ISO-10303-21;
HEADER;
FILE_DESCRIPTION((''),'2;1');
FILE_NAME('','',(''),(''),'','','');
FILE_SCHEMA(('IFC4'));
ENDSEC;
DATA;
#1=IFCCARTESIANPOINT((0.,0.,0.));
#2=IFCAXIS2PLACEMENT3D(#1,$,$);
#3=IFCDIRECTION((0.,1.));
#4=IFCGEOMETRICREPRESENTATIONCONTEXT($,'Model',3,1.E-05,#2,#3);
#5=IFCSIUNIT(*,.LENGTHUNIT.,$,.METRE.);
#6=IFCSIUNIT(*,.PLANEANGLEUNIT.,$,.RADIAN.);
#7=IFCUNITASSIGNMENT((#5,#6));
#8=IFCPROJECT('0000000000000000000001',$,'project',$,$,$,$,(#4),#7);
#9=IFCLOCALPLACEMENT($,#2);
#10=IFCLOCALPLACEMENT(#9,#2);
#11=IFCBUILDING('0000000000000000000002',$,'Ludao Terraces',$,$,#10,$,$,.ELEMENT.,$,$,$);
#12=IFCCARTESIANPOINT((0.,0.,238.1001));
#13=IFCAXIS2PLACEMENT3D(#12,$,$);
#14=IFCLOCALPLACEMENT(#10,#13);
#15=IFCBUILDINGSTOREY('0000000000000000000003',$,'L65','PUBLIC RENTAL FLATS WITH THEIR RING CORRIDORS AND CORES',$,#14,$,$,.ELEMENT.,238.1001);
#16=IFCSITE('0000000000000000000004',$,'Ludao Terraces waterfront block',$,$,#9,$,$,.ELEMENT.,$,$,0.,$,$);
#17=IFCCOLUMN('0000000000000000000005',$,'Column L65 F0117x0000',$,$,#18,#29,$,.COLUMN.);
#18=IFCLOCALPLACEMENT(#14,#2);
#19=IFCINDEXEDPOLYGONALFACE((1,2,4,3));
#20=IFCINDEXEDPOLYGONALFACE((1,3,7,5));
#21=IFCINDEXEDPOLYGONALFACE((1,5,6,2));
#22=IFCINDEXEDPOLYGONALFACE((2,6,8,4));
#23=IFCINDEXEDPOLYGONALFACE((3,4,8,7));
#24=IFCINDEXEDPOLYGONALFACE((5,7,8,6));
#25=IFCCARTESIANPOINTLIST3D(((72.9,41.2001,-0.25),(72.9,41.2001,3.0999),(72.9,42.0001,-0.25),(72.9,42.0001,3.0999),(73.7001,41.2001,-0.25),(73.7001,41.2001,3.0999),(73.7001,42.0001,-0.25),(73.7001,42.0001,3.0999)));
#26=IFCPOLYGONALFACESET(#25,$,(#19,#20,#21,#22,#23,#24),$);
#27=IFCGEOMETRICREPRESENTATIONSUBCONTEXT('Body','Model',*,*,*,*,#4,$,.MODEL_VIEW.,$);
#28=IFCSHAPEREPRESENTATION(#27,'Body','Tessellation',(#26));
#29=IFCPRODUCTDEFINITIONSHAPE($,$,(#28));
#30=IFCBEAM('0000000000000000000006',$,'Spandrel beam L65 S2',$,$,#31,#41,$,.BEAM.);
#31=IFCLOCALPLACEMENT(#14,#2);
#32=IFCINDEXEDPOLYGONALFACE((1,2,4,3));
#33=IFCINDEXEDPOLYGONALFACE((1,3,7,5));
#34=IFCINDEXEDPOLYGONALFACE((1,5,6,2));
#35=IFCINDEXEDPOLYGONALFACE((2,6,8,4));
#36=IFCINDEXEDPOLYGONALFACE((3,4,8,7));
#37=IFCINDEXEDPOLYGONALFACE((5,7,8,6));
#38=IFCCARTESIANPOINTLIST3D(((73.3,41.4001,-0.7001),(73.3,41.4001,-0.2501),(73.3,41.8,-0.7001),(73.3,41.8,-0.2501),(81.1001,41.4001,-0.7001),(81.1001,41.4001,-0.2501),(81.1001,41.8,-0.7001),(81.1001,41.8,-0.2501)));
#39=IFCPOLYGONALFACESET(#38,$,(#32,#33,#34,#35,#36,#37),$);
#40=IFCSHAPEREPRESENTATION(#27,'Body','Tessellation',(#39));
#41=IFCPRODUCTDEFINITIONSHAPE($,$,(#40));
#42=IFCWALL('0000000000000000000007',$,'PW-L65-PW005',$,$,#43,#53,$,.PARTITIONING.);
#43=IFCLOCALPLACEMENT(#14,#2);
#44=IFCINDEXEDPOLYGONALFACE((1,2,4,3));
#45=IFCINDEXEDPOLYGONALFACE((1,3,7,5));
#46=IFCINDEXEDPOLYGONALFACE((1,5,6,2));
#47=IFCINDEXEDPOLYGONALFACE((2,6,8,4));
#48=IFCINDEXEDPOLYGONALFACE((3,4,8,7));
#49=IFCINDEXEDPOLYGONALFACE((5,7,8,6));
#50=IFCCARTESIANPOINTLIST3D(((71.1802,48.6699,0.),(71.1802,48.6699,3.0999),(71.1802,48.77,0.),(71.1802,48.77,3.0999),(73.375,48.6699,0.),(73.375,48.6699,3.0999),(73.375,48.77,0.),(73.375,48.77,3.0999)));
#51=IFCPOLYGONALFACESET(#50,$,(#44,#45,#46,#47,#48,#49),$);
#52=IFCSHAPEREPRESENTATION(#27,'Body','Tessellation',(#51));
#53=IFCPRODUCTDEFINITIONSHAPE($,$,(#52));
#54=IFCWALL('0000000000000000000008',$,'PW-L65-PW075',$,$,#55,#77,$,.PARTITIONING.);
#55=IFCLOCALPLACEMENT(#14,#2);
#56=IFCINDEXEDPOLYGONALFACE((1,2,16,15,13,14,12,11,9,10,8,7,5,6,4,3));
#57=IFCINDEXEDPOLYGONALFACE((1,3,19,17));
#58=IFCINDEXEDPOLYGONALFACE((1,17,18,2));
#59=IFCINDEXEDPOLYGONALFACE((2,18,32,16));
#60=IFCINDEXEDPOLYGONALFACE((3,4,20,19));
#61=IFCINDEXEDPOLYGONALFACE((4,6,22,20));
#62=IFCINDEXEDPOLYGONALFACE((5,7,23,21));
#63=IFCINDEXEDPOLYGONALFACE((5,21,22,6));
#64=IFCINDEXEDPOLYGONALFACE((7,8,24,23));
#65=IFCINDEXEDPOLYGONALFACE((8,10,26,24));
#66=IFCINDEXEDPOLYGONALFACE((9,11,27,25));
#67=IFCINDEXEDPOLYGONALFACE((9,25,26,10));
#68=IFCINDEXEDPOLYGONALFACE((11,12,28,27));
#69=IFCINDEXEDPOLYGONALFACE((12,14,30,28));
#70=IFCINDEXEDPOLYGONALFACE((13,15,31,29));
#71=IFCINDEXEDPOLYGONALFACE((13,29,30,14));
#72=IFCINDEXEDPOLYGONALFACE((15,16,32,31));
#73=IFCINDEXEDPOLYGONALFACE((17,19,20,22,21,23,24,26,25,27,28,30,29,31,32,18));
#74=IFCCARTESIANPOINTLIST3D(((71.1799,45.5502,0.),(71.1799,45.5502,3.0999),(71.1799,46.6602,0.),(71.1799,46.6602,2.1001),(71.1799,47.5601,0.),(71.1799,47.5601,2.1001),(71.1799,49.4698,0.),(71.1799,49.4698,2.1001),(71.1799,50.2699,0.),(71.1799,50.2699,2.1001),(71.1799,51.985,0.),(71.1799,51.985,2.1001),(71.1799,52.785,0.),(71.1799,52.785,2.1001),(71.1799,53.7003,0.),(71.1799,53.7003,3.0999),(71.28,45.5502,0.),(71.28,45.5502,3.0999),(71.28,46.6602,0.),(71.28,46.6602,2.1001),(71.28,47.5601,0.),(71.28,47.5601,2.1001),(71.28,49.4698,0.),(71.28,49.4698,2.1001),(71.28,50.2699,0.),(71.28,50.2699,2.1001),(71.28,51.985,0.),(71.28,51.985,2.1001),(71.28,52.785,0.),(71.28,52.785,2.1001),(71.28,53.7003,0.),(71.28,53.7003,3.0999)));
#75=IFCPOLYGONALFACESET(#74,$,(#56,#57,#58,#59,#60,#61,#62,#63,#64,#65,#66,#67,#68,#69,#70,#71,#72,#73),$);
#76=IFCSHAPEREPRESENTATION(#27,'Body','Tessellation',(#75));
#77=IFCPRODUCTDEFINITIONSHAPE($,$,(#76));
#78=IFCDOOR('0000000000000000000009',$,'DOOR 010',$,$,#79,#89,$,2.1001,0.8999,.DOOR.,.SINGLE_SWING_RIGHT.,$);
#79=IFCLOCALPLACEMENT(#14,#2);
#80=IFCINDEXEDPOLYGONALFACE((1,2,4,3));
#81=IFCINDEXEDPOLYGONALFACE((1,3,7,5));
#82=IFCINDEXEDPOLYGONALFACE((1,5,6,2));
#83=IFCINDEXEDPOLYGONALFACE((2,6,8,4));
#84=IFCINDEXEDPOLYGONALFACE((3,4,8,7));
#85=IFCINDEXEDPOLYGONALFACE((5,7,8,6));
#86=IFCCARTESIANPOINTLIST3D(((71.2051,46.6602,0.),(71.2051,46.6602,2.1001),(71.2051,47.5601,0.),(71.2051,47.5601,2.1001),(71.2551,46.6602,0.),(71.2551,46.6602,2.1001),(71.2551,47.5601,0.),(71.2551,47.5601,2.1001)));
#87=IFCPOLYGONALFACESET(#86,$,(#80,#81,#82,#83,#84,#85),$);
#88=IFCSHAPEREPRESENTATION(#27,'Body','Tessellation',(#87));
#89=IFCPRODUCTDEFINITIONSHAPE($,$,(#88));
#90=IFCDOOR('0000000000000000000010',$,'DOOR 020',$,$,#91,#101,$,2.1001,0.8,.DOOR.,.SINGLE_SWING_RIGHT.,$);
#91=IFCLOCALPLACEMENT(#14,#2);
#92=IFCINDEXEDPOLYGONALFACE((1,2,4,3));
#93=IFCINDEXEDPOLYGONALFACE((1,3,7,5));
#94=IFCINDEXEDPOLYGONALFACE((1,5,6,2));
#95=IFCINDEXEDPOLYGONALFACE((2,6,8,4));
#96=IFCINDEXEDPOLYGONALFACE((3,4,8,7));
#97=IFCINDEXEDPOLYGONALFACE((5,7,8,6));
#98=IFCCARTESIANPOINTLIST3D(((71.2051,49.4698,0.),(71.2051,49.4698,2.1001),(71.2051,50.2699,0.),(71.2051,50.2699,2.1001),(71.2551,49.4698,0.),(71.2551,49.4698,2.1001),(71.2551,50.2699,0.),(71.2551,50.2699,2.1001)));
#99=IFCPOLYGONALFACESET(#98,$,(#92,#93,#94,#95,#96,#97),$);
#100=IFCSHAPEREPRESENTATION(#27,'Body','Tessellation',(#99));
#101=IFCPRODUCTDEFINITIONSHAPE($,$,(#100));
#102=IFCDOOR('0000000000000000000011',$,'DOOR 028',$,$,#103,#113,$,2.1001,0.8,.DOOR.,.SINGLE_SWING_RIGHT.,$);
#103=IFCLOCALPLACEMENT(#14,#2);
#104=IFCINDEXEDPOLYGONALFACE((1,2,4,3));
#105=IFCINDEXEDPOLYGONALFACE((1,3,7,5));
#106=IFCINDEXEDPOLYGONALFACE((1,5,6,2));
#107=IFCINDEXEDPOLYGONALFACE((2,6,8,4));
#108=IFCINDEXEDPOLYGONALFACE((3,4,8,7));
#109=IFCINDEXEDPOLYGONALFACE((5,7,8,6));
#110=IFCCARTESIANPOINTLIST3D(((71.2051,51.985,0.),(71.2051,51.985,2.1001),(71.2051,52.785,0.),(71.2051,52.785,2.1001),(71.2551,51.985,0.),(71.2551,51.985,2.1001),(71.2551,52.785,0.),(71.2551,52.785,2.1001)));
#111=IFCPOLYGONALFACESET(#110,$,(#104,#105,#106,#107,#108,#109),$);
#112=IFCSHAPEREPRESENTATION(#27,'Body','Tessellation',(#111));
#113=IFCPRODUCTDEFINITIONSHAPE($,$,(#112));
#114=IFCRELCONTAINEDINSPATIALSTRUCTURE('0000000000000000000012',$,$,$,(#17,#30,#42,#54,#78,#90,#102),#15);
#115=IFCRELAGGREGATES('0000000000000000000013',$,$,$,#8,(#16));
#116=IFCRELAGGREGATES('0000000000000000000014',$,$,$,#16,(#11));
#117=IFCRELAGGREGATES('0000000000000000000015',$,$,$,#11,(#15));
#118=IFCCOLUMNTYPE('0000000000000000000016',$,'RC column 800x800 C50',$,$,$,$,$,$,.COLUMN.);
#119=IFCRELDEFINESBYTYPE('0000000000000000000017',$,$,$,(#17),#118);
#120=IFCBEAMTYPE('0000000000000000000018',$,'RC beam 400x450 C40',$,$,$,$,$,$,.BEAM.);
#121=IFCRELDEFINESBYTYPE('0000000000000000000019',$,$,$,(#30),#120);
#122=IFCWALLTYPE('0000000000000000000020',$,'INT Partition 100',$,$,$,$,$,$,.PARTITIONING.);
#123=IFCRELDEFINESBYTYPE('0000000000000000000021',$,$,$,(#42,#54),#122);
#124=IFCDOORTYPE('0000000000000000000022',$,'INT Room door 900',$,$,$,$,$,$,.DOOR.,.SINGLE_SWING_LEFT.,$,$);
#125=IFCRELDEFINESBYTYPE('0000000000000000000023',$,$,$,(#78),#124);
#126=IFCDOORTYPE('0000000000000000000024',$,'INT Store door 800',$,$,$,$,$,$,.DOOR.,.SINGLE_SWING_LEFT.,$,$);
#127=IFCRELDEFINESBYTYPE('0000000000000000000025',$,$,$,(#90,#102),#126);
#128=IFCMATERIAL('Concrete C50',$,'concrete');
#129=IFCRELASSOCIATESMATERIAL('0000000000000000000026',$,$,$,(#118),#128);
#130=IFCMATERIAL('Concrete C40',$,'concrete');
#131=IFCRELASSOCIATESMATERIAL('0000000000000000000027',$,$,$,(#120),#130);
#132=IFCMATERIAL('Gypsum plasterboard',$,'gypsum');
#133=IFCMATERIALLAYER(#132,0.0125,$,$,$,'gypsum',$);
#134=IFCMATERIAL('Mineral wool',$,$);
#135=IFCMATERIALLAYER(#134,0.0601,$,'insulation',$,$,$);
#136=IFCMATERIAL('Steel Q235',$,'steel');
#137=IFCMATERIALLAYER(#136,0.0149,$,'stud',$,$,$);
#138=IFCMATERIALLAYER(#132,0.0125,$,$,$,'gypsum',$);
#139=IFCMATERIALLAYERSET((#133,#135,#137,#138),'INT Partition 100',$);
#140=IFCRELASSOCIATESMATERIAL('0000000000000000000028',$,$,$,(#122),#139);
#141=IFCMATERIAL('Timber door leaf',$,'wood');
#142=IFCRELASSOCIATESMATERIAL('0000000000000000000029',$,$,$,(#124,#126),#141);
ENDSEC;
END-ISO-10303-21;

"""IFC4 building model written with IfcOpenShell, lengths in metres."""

from ifc_helpers import new_model, si_unit, direction, frame, frame_2d, origin, origin_2d, place, context, subcontext, project, spatial, rectangle, extrude, material, layer, layer_set, material_profile, profile_set, type_object, element, fill, save


model = new_model("IFC4")

# Units and contexts
model_context = context("Model", 3, precision=1e-05, world=origin(), true_north=direction((0.0, 1.0)))
body_context = subcontext(model_context, "Body", "Model", "MODEL_VIEW")
ifc_project = project(units=[si_unit("LENGTHUNIT", "METRE"), si_unit("PLANEANGLEUNIT", "RADIAN")], contexts=[model_context])

# Site, building, storey
site_placement = place(None, origin())
site = spatial("IfcSite", under=ifc_project, at=site_placement, Name="Ludao Terraces waterfront block", CompositionType="ELEMENT", RefElevation=0.0)
building_placement = place(site_placement, origin())
building = spatial("IfcBuilding", under=site, at=building_placement, Name="Ludao Terraces", CompositionType="ELEMENT")
storey_placement = place(building_placement, frame((0.0, 0.0, 238.1001)))
storey = spatial("IfcBuildingStorey", under=building, at=storey_placement, Name="L65", Description="PUBLIC RENTAL FLATS WITH THEIR RING CORRIDORS AND CORES", CompositionType="ELEMENT", Elevation=238.1001)

# Column
ifc_material_1 = material(Name="Concrete C50", Category="concrete")
ifc_material_profile_1 = material_profile(ifc_material_1, rectangle(XDim=0.8, YDim=0.8, at=origin_2d()), Name="800 X 800")
ifc_profile_set_1 = profile_set([ifc_material_profile_1], Name="Concrete C50")
column_type = type_object("IfcColumnType", Name="RC column 800x800 C50", PredefinedType="COLUMN", material=ifc_profile_set_1)
column_placement = place(storey_placement, frame((73.3, 41.6001, -0.25), z_axis=(0.0, 0.0, 1.0), x_axis=(1.0, 0.0, 0.0)))
element("IfcColumn", 1, at=column_placement, inside=storey, type_object=column_type, Name="Column L65 F0117x0000", PredefinedType="COLUMN", context=body_context, shape_type="SweptSolid", body=[
    extrude(rectangle(XDim=0.8, YDim=0.8, at=origin_2d()), origin(), (0.0, 0.0, 1.0), 3.3499),
])

# Beam
ifc_material_2 = material(Name="Concrete C40", Category="concrete")
ifc_material_profile_2 = material_profile(ifc_material_2, rectangle(XDim=0.3999, YDim=0.45, at=origin_2d()), Name="400 X 450")
ifc_profile_set_2 = profile_set([ifc_material_profile_2], Name="Concrete C40")
beam_type = type_object("IfcBeamType", Name="RC beam 400x450 C40", PredefinedType="BEAM", material=ifc_profile_set_2)
beam_placement = place(storey_placement, frame((73.3, 41.6001, -0.4751), z_axis=(1.0, 0.0, 0.0), x_axis=(0.0, 1.0, 0.0)))
element("IfcBeam", 2, at=beam_placement, inside=storey, type_object=beam_type, Name="Spandrel beam L65 S2", PredefinedType="BEAM", context=body_context, shape_type="SweptSolid", body=[
    extrude(rectangle(XDim=0.3999, YDim=0.45, at=origin_2d()), origin(), (0.0, 0.0, 1.0), 7.8),
])

# Wall
ifc_material_3 = material(Name="Gypsum plasterboard", Category="gypsum")
ifc_layer_1 = layer(ifc_material_3, 0.0125, Category="gypsum")
ifc_material_4 = material(Name="Mineral wool")
ifc_layer_2 = layer(ifc_material_4, 0.0601, Name="insulation")
ifc_material_5 = material(Name="Steel Q235", Category="steel")
ifc_layer_3 = layer(ifc_material_5, 0.0149, Name="stud")
ifc_layer_4 = layer(ifc_material_3, 0.0125, Category="gypsum")
ifc_layer_set = layer_set([ifc_layer_1, ifc_layer_2, ifc_layer_3, ifc_layer_4], Name="INT Partition 100")
wall_type = type_object("IfcWallType", Name="INT Partition 100", PredefinedType="PARTITIONING", material=ifc_layer_set)
wall_1_placement = place(storey_placement, frame((71.1802, 48.72, 0.0), z_axis=(0.0, 0.0, 1.0), x_axis=(1.0, 0.0, 0.0)))
element("IfcWall", 3, at=wall_1_placement, inside=storey, type_object=wall_type, Name="PW-L65-PW005", PredefinedType="PARTITIONING", context=body_context, shape_type="SweptSolid", body=[
    extrude(rectangle(XDim=2.1948, YDim=0.1001, at=frame_2d((1.0974, 0.0))), origin(), (0.0, 0.0, 1.0), 3.0999),
])

# Wall, openings, doors
ifc_material_6 = material(Name="Timber door leaf", Category="wood")
door_type_1 = type_object("IfcDoorType", Name="INT Room door 900", OperationType="SINGLE_SWING_LEFT", PredefinedType="DOOR", material=ifc_material_6)
wall_2_placement = place(storey_placement, frame((71.23, 45.55, 0.0), z_axis=(0.0, 0.0, 1.0), x_axis=(0.0, 1.0, 0.0)))
wall_2 = element("IfcWall", 4, at=wall_2_placement, inside=storey, type_object=wall_type, Name="PW-L65-PW075", PredefinedType="PARTITIONING", context=body_context, shape_type="SweptSolid", body=[
    extrude(rectangle(XDim=8.1501, YDim=0.1001, at=frame_2d((4.0752, 0.0))), origin(), (0.0, 0.0, 1.0), 3.0999),
])
opening_1_placement = place(wall_2_placement, frame((1.1101, 0.0, 0.0)))
opening_1 = element("IfcOpeningElement", 5, at=opening_1_placement, cuts=wall_2, PredefinedType="OPENING", context=body_context, shape_type="SweptSolid", body=[
    extrude(rectangle(XDim=0.8999, YDim=2.1001, at=frame_2d((0.45, 1.05))), frame((0.0, 0.0601, 0.0), z_axis=(0.0, -1.0, 0.0), x_axis=(1.0, 0.0, 0.0)), (0.0, 0.0, 1.0), 0.1201),
])
opening_2_placement = place(wall_2_placement, frame((3.9199, 0.0, 0.0)))
opening_2 = element("IfcOpeningElement", 6, at=opening_2_placement, cuts=wall_2, PredefinedType="OPENING", context=body_context, shape_type="SweptSolid", body=[
    extrude(rectangle(XDim=0.8, YDim=2.1001, at=frame_2d((0.3999, 1.05))), frame((0.0, 0.0601, 0.0), z_axis=(0.0, -1.0, 0.0), x_axis=(1.0, 0.0, 0.0)), (0.0, 0.0, 1.0), 0.1201),
])
opening_3_placement = place(wall_2_placement, frame((6.4351, 0.0, 0.0)))
opening_3 = element("IfcOpeningElement", 7, at=opening_3_placement, cuts=wall_2, PredefinedType="OPENING", context=body_context, shape_type="SweptSolid", body=[
    extrude(rectangle(XDim=0.8, YDim=2.1001, at=frame_2d((0.3999, 1.05))), frame((0.0, 0.0601, 0.0), z_axis=(0.0, -1.0, 0.0), x_axis=(1.0, 0.0, 0.0)), (0.0, 0.0, 1.0), 0.1201),
])
door_1_placement = place(opening_1_placement, origin())
door_1 = element("IfcDoor", 8, at=door_1_placement, inside=storey, type_object=door_type_1, Name="DOOR 010", OperationType="SINGLE_SWING_RIGHT", OverallHeight=2.1001, OverallWidth=0.8999, PredefinedType="DOOR", context=body_context, shape_type="SweptSolid", body=[
    extrude(rectangle(XDim=0.8999, YDim=2.1001, at=frame_2d((0.45, 1.05))), frame((0.0, 0.0249, 0.0), z_axis=(0.0, -1.0, 0.0), x_axis=(1.0, 0.0, 0.0)), (0.0, 0.0, 1.0), 0.05),
])
fill(opening_1, door_1)
door_type_2 = type_object("IfcDoorType", Name="INT Store door 800", OperationType="SINGLE_SWING_LEFT", PredefinedType="DOOR", material=ifc_material_6)
door_2_placement = place(opening_2_placement, origin())
door_2 = element("IfcDoor", 9, at=door_2_placement, inside=storey, type_object=door_type_2, Name="DOOR 020", OperationType="SINGLE_SWING_RIGHT", OverallHeight=2.1001, OverallWidth=0.8, PredefinedType="DOOR", context=body_context, shape_type="SweptSolid", body=[
    extrude(rectangle(XDim=0.8, YDim=2.1001, at=frame_2d((0.3999, 1.05))), frame((0.0, 0.0249, 0.0), z_axis=(0.0, -1.0, 0.0), x_axis=(1.0, 0.0, 0.0)), (0.0, 0.0, 1.0), 0.05),
])
fill(opening_2, door_2)
door_3_placement = place(opening_3_placement, origin())
door_3 = element("IfcDoor", 10, at=door_3_placement, inside=storey, type_object=door_type_2, Name="DOOR 028", OperationType="SINGLE_SWING_RIGHT", OverallHeight=2.1001, OverallWidth=0.8, PredefinedType="DOOR", context=body_context, shape_type="SweptSolid", body=[
    extrude(rectangle(XDim=0.8, YDim=2.1001, at=frame_2d((0.3999, 1.05))), frame((0.0, 0.0249, 0.0), z_axis=(0.0, -1.0, 0.0), x_axis=(1.0, 0.0, 0.0)), (0.0, 0.0, 1.0), 0.05),
])
fill(opening_3, door_3)

save(model, "model.ifc")
